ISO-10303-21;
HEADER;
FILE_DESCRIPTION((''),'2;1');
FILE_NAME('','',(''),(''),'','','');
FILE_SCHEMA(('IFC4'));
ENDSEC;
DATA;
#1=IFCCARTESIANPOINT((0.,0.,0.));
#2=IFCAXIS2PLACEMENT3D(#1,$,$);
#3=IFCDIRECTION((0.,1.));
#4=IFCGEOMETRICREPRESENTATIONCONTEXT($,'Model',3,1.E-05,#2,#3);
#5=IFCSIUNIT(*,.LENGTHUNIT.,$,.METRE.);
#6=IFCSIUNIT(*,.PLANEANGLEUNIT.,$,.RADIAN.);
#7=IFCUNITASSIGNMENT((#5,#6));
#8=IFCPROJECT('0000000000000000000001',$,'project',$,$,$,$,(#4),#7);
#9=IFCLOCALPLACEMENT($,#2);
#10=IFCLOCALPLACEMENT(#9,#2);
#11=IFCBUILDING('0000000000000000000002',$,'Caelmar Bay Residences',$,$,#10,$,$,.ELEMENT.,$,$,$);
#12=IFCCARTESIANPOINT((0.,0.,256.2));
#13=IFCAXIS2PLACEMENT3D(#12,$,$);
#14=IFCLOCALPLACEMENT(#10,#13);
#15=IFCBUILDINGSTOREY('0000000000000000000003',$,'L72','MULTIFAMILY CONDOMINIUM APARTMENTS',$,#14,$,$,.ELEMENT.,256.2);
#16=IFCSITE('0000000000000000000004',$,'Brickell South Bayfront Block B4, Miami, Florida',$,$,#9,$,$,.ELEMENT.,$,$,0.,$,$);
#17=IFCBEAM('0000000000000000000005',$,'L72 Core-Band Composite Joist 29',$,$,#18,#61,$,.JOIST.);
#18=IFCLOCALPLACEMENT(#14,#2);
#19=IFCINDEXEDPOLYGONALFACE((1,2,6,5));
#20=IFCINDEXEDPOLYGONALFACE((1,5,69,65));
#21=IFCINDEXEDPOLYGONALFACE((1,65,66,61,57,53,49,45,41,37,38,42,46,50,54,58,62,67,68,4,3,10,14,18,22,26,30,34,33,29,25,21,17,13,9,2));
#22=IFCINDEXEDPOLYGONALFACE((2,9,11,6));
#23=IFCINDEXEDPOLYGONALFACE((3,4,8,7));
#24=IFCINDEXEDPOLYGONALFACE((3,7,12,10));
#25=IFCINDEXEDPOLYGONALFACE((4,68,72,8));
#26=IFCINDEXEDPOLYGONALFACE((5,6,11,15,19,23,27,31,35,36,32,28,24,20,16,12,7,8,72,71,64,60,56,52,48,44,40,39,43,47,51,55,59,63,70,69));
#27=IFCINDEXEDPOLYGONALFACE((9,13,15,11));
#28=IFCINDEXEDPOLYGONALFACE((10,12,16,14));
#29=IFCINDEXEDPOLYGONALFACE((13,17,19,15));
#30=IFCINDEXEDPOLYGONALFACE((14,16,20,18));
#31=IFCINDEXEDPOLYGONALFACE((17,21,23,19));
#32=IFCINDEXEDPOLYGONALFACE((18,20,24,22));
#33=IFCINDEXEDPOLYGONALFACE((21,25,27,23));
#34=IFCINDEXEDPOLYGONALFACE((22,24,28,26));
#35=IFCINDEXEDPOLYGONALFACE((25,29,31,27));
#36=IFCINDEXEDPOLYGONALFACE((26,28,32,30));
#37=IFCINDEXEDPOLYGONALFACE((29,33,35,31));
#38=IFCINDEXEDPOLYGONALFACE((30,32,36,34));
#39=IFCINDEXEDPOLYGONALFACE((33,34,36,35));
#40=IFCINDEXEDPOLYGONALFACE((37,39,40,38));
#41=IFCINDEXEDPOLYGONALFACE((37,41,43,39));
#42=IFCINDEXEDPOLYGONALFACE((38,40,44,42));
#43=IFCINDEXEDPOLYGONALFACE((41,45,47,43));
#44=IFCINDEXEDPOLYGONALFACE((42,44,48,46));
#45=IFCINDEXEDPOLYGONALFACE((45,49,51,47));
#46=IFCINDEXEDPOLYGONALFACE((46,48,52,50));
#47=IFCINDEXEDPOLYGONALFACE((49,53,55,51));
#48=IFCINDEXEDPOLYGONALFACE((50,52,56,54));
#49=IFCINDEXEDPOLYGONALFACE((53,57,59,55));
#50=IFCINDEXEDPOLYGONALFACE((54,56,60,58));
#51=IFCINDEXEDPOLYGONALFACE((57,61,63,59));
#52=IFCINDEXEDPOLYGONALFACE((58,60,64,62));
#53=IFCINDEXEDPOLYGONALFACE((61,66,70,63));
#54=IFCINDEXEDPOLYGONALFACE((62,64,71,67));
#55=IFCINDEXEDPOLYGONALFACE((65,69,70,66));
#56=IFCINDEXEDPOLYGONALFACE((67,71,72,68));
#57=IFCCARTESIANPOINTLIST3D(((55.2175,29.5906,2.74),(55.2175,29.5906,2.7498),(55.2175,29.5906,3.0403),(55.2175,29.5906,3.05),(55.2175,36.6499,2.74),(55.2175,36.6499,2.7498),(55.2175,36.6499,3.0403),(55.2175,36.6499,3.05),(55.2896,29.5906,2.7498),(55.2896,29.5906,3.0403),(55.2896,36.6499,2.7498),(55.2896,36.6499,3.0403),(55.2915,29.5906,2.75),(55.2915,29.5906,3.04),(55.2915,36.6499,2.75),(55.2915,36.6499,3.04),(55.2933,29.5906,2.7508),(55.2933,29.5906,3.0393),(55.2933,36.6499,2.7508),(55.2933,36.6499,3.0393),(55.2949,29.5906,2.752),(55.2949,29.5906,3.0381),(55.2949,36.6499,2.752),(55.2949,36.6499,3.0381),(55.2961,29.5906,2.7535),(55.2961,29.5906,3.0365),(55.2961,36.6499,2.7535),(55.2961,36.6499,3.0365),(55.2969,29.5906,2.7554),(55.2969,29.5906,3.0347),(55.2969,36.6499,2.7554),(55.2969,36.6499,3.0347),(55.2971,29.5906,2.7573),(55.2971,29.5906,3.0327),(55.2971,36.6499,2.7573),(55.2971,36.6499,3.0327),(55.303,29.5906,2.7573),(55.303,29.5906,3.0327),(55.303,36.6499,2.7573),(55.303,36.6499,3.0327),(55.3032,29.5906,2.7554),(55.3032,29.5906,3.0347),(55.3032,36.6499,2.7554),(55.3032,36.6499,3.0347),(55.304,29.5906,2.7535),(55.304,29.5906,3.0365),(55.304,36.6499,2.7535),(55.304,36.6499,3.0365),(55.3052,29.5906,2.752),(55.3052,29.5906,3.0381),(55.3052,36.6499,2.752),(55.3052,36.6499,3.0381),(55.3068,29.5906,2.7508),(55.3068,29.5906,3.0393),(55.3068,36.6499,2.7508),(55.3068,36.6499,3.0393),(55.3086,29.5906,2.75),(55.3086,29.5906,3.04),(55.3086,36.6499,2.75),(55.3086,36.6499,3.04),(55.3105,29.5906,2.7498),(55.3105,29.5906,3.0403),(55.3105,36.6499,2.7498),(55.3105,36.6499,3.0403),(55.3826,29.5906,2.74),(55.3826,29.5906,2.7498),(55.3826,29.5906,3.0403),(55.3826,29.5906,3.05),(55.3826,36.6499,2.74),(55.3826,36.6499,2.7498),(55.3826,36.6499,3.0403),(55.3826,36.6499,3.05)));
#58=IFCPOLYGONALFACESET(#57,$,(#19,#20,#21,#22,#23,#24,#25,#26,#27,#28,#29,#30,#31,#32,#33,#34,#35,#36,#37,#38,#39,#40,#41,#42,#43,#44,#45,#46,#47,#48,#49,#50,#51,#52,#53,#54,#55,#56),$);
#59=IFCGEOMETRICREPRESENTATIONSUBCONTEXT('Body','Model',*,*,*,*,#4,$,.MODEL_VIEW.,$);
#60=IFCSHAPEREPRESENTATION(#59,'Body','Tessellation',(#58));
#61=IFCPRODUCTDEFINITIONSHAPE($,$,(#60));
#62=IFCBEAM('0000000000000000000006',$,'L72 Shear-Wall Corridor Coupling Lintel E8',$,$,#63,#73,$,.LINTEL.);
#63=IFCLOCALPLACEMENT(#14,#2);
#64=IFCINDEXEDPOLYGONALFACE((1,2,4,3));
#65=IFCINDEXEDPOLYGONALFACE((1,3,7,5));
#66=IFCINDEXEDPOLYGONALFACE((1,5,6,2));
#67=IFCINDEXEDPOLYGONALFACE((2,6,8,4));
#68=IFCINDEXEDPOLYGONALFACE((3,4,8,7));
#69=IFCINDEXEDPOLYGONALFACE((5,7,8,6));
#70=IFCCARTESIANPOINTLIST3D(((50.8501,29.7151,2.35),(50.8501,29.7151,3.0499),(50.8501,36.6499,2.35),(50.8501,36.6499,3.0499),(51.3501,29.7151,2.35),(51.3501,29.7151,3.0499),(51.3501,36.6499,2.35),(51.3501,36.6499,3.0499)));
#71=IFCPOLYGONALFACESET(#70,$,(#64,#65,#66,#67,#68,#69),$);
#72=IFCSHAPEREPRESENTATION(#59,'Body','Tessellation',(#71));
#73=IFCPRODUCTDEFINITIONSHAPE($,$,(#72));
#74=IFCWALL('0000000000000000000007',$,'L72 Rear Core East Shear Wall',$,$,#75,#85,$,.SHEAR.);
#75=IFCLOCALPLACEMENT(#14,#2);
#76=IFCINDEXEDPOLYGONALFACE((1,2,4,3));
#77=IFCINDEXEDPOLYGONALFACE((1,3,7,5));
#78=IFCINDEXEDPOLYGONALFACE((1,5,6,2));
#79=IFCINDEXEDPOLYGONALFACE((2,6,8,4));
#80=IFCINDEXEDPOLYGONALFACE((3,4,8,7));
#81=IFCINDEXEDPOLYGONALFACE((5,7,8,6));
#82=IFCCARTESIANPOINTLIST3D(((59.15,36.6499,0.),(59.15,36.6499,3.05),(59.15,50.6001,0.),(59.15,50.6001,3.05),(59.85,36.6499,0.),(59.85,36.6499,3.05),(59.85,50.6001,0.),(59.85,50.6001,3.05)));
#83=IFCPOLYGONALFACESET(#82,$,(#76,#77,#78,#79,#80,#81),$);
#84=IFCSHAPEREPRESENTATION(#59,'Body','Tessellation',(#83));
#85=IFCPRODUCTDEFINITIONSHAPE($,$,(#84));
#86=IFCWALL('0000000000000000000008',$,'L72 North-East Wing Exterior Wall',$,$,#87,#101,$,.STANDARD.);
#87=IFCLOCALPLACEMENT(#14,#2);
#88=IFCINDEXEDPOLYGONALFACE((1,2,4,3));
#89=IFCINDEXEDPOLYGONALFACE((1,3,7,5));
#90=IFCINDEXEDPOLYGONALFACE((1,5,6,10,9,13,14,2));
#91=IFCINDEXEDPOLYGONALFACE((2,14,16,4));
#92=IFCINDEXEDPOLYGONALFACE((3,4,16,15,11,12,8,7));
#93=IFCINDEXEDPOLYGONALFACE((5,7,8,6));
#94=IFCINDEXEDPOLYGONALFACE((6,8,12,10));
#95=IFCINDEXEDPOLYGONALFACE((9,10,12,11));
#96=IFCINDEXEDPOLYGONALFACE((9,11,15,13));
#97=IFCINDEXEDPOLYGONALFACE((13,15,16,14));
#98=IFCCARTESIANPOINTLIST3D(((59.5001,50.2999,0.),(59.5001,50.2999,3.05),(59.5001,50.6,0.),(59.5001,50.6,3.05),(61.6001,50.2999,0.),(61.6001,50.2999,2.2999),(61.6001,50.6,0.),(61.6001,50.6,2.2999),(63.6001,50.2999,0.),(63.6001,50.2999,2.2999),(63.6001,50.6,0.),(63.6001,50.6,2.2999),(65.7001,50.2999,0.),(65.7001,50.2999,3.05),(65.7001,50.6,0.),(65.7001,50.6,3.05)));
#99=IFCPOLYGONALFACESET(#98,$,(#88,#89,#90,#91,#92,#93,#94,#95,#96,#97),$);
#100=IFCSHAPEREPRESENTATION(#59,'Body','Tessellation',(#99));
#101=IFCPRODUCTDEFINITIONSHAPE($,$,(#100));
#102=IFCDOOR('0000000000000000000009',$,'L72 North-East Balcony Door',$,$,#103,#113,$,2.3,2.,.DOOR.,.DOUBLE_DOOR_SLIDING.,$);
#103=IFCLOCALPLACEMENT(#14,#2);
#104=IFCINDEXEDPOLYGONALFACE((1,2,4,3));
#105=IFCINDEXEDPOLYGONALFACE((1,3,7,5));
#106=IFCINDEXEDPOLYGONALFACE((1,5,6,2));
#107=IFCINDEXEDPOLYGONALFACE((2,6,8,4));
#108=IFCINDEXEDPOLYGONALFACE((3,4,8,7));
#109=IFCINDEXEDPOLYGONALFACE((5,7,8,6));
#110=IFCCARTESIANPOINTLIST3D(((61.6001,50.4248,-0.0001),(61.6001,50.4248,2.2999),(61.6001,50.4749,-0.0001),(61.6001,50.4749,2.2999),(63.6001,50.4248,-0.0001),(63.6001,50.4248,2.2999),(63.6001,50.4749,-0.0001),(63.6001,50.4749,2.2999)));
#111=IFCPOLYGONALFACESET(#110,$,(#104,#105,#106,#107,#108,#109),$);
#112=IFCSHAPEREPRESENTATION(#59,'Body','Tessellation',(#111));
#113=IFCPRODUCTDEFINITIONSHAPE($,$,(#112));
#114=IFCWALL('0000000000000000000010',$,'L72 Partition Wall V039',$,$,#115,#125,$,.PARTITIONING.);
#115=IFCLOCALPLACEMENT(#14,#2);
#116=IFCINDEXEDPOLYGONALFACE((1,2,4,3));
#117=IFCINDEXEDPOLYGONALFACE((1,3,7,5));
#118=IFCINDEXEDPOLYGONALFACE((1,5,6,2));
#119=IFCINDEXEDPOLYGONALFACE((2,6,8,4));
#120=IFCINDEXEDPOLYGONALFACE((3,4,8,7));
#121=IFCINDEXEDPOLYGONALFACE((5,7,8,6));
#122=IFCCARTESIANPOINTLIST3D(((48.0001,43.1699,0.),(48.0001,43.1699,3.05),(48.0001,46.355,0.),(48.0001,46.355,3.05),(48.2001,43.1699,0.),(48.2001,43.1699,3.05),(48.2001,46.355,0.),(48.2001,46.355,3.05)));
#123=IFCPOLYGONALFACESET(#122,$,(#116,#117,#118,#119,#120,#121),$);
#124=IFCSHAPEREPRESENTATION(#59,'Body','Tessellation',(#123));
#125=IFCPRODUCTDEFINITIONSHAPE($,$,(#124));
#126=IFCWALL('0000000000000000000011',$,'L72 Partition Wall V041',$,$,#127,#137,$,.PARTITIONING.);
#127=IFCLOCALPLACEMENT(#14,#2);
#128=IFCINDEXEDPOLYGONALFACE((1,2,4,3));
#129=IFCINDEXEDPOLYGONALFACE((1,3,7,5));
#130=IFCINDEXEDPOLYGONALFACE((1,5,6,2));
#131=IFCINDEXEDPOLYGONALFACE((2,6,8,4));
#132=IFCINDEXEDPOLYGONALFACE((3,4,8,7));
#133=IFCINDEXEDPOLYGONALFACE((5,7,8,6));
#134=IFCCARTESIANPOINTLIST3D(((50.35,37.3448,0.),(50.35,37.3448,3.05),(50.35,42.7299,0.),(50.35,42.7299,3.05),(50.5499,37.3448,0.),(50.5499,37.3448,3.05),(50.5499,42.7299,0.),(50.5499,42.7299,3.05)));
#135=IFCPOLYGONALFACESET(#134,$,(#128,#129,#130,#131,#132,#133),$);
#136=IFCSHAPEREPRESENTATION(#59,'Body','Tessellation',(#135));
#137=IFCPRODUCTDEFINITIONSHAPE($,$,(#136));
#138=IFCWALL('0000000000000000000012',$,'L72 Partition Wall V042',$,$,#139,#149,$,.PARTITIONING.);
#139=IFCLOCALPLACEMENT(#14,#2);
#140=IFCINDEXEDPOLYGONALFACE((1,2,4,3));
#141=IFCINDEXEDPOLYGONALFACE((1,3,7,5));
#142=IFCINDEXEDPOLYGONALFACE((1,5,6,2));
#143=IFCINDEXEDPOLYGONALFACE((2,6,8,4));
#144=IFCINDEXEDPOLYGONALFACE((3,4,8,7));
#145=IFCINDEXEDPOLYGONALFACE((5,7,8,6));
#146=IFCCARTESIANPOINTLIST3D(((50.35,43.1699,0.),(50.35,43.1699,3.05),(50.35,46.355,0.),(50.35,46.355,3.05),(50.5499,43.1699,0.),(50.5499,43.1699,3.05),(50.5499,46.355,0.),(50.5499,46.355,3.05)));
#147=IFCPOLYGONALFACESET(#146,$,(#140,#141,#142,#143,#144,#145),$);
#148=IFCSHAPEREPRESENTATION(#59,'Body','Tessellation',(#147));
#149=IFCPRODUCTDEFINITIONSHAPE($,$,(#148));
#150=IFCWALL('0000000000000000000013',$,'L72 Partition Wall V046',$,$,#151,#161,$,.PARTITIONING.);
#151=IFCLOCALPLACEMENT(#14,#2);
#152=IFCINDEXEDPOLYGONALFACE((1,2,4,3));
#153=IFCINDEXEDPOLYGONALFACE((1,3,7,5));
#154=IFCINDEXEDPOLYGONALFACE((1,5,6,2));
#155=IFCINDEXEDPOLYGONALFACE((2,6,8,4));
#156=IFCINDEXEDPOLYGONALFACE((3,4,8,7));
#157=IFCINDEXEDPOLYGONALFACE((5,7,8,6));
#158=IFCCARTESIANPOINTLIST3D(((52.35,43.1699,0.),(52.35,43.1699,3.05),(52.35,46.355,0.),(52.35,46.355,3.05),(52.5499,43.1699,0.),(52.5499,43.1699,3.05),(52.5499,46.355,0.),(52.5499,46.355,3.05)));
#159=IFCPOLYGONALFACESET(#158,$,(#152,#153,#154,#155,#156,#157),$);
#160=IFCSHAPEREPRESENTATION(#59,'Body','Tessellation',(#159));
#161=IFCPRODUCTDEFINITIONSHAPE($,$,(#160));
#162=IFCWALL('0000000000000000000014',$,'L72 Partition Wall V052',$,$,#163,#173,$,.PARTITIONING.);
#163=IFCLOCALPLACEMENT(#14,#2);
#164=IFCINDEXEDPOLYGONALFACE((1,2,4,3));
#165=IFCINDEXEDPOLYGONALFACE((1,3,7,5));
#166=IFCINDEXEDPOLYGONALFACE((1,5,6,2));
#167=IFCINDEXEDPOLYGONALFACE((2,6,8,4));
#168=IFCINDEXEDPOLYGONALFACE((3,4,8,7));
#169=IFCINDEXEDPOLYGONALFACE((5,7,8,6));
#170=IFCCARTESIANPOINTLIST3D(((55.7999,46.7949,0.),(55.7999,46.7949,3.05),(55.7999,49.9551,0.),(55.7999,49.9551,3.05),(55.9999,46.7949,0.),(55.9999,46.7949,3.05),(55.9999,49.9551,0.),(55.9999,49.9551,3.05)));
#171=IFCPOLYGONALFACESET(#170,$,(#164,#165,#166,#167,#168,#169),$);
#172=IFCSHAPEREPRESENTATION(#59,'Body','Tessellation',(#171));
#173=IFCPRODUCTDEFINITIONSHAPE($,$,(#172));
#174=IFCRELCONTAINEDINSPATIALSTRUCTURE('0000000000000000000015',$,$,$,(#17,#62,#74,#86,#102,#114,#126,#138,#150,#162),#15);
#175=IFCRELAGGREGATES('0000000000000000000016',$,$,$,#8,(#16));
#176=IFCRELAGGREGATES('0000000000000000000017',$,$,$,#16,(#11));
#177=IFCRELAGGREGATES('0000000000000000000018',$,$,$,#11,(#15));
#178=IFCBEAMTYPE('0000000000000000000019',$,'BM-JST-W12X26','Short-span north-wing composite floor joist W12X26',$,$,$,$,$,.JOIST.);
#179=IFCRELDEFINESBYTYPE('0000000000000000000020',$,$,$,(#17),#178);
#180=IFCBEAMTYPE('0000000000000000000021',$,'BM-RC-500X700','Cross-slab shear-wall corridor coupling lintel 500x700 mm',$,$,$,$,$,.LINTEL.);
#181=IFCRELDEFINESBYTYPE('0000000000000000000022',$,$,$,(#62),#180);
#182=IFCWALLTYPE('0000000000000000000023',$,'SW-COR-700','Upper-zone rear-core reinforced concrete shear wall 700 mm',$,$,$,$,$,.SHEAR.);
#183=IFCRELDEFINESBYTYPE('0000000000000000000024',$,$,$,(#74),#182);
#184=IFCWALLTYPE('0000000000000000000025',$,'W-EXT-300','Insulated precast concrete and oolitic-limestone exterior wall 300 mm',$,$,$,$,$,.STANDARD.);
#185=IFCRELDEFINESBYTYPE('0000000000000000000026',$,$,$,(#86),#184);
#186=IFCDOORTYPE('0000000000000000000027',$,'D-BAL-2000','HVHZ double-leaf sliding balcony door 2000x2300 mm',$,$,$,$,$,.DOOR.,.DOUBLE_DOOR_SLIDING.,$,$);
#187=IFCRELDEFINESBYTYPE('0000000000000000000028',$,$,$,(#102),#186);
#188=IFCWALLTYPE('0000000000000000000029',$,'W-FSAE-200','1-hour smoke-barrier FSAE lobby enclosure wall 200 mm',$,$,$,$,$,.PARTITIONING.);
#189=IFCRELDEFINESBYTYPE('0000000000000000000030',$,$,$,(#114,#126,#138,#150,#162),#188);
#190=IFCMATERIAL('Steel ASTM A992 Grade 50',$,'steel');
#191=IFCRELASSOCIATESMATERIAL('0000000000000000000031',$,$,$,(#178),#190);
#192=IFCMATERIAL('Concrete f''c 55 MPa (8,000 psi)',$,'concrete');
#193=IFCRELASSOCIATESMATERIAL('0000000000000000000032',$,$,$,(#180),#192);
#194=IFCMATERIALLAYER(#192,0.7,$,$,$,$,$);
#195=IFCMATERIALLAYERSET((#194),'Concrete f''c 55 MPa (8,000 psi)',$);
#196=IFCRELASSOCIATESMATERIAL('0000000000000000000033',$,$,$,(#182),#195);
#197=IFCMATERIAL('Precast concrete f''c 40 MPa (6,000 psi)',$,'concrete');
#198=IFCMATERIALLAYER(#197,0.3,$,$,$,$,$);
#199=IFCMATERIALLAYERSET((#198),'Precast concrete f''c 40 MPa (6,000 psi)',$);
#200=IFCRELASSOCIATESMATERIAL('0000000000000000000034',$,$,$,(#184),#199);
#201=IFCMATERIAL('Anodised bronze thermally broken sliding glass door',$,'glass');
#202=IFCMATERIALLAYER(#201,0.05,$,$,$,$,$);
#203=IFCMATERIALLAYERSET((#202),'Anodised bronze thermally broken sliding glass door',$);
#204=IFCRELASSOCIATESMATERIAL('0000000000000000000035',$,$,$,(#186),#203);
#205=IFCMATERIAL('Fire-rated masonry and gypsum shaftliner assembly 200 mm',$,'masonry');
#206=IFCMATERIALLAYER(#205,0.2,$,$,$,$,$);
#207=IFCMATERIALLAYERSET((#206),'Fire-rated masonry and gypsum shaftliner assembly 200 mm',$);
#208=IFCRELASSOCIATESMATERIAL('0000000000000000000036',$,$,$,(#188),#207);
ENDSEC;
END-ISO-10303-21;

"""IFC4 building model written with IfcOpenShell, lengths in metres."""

from ifc_helpers import new_model, si_unit, direction, frame, frame_2d, origin, origin_2d, place, context, subcontext, project, spatial, rectangle, i_section, extrude, material, layer, layer_set, material_profile, profile_set, type_object, element, fill, save


model = new_model("IFC4")

# Units and contexts
model_context = context("Model", 3, precision=1e-05, world=origin(), true_north=direction((0.0, 1.0)))
body_context = subcontext(model_context, "Body", "Model", "MODEL_VIEW")
ifc_project = project(units=[si_unit("LENGTHUNIT", "METRE"), si_unit("PLANEANGLEUNIT", "RADIAN")], contexts=[model_context])

# Site, building, storey
site_placement = place(None, origin())
site = spatial("IfcSite", under=ifc_project, at=site_placement, Name="Brickell South Bayfront Block B4, Miami, Florida", CompositionType="ELEMENT", RefElevation=0.0)
building_placement = place(site_placement, origin())
building = spatial("IfcBuilding", under=site, at=building_placement, Name="Caelmar Bay Residences", CompositionType="ELEMENT")
storey_placement = place(building_placement, frame((0.0, 0.0, 256.2)))
storey = spatial("IfcBuildingStorey", under=building, at=storey_placement, Name="L72", Description="MULTIFAMILY CONDOMINIUM APARTMENTS", CompositionType="ELEMENT", Elevation=256.2)

# Beams
ifc_material_1 = material(Name="Steel ASTM A992 Grade 50", Category="steel")
ifc_material_profile_1 = material_profile(ifc_material_1, i_section(OverallWidth=0.165, OverallDepth=0.3101, WebThickness=0.0059, FlangeThickness=0.0098, FilletRadius=0.0076, at=origin_2d()), Name="W12X26")
ifc_profile_set_1 = profile_set([ifc_material_profile_1], Name="Steel ASTM A992 Grade 50")
beam_type_1 = type_object("IfcBeamType", Name="BM-JST-W12X26", Description="Short-span north-wing composite floor joist W12X26", PredefinedType="JOIST", material=ifc_profile_set_1)
for number, where, z_axis, x_axis, name in (
    (1, (55.3, 29.5906, 2.895), (0.0, 1.0, 0.0), (-1.0, 0.0, 0.0), "L72 Core-Band Composite Joist 29"),
):
    element("IfcBeam", number, at=place(storey_placement, frame(where, z_axis=z_axis, x_axis=x_axis)), inside=storey, type_object=beam_type_1, Name=name, PredefinedType="JOIST", context=body_context, shape_type="SweptSolid", body=[
        extrude(i_section(OverallWidth=0.165, OverallDepth=0.3101, WebThickness=0.0059, FlangeThickness=0.0098, FilletRadius=0.0076, at=origin_2d()), origin(), (0.0, 0.0, 1.0), 7.0593),
    ])
ifc_material_2 = material(Name="Concrete f'c 55 MPa (8,000 psi)", Category="concrete")
ifc_material_profile_2 = material_profile(ifc_material_2, rectangle(XDim=0.5, YDim=0.7, at=origin_2d()), Name="RC-BM-500X700")
ifc_profile_set_2 = profile_set([ifc_material_profile_2], Name="Concrete f'c 55 MPa (8,000 psi)")
beam_type_2 = type_object("IfcBeamType", Name="BM-RC-500X700", Description="Cross-slab shear-wall corridor coupling lintel 500x700 mm", PredefinedType="LINTEL", material=ifc_profile_set_2)
beam_placement = place(storey_placement, frame((51.1001, 29.7151, 2.7), z_axis=(0.0, 1.0, 0.0), x_axis=(-1.0, 0.0, 0.0)))
element("IfcBeam", 2, at=beam_placement, inside=storey, type_object=beam_type_2, Name="L72 Shear-Wall Corridor Coupling Lintel E8", PredefinedType="LINTEL", context=body_context, shape_type="SweptSolid", body=[
    extrude(rectangle(XDim=0.5, YDim=0.7, at=origin_2d()), origin(), (0.0, 0.0, 1.0), 6.9348),
])

# Wall
ifc_layer_1 = layer(ifc_material_2, 0.7)
ifc_layer_set_1 = layer_set([ifc_layer_1], Name="Concrete f'c 55 MPa (8,000 psi)")
wall_type_1 = type_object("IfcWallType", Name="SW-COR-700", Description="Upper-zone rear-core reinforced concrete shear wall 700 mm", PredefinedType="SHEAR", material=ifc_layer_set_1)
wall_1_placement = place(storey_placement, frame((59.5, 36.6499, 0.0), z_axis=(0.0, 0.0, 1.0), x_axis=(0.0, 1.0, 0.0)))
element("IfcWall", 3, at=wall_1_placement, inside=storey, type_object=wall_type_1, Name="L72 Rear Core East Shear Wall", PredefinedType="SHEAR", context=body_context, shape_type="SweptSolid", body=[
    extrude(rectangle(XDim=13.9502, YDim=0.7, at=frame_2d((6.9751, 0.0))), origin(), (0.0, 0.0, 1.0), 3.05),
])

# Wall, opening, door
ifc_material_3 = material(Name="Precast concrete f'c 40 MPa (6,000 psi)", Category="concrete")
ifc_layer_2 = layer(ifc_material_3, 0.3)
ifc_layer_set_2 = layer_set([ifc_layer_2], Name="Precast concrete f'c 40 MPa (6,000 psi)")
wall_type_2 = type_object("IfcWallType", Name="W-EXT-300", Description="Insulated precast concrete and oolitic-limestone exterior wall 300 mm", PredefinedType="STANDARD", material=ifc_layer_set_2)
wall_2_placement = place(storey_placement, frame((59.5, 50.45, 0.0), z_axis=(0.0, 0.0, 1.0), x_axis=(1.0, 0.0, 0.0)))
wall_2 = element("IfcWall", 4, at=wall_2_placement, inside=storey, type_object=wall_type_2, Name="L72 North-East Wing Exterior Wall", PredefinedType="STANDARD", context=body_context, shape_type="SweptSolid", body=[
    extrude(rectangle(XDim=6.2, YDim=0.3, at=frame_2d((3.1001, 0.0))), origin(), (0.0, 0.0, 1.0), 3.05),
])
opening_1_placement = place(wall_2_placement, frame((2.1001, 0.0, 0.0)))
opening_1 = element("IfcOpeningElement", 5, at=opening_1_placement, cuts=wall_2, PredefinedType="OPENING", context=body_context, shape_type="SweptSolid", body=[
    extrude(rectangle(XDim=2.0, YDim=2.3, at=frame_2d((1.0, 1.1499))), frame((0.0, 0.1599, 0.0), z_axis=(0.0, -1.0, 0.0), x_axis=(1.0, 0.0, 0.0)), (0.0, 0.0, 1.0), 0.3201),
])
ifc_material_4 = material(Name="Anodised bronze thermally broken sliding glass door", Category="glass")
ifc_layer_3 = layer(ifc_material_4, 0.05)
ifc_layer_set_3 = layer_set([ifc_layer_3], Name="Anodised bronze thermally broken sliding glass door")
door_type_1 = type_object("IfcDoorType", Name="D-BAL-2000", Description="HVHZ double-leaf sliding balcony door 2000x2300 mm", OperationType="DOUBLE_DOOR_SLIDING", PredefinedType="DOOR", material=ifc_layer_set_3)
door_1_placement = place(opening_1_placement, origin())
door_1 = element("IfcDoor", 6, at=door_1_placement, inside=storey, type_object=door_type_1, Name="L72 North-East Balcony Door", OperationType="DOUBLE_DOOR_SLIDING", OverallHeight=2.3, OverallWidth=2.0, PredefinedType="DOOR", context=body_context, shape_type="SweptSolid", body=[
    extrude(rectangle(XDim=2.0, YDim=2.3, at=frame_2d((1.0, 1.1499))), frame((0.0, 0.0249, 0.0), z_axis=(0.0, -1.0, 0.0), x_axis=(1.0, 0.0, 0.0)), (0.0, 0.0, 1.0), 0.05),
])
fill(opening_1, door_1)

# Walls
ifc_material_5 = material(Name="Fire-rated masonry and gypsum shaftliner assembly 200 mm", Category="masonry")
ifc_layer_4 = layer(ifc_material_5, 0.2)
ifc_layer_set_4 = layer_set([ifc_layer_4], Name="Fire-rated masonry and gypsum shaftliner assembly 200 mm")
wall_type_3 = type_object("IfcWallType", Name="W-FSAE-200", Description="1-hour smoke-barrier FSAE lobby enclosure wall 200 mm", PredefinedType="PARTITIONING", material=ifc_layer_set_4)
wall_3_placement = place(storey_placement, frame((48.1001, 43.1699, 0.0), z_axis=(0.0, 0.0, 1.0), x_axis=(0.0, 1.0, 0.0)))
element("IfcWall", 7, at=wall_3_placement, inside=storey, type_object=wall_type_3, Name="L72 Partition Wall V039", PredefinedType="PARTITIONING", context=body_context, shape_type="SweptSolid", body=[
    extrude(rectangle(XDim=3.1851, YDim=0.2, at=frame_2d((1.5925, 0.0))), origin(), (0.0, 0.0, 1.0), 3.05),
])
wall_4_placement = place(storey_placement, frame((50.45, 37.345, 0.0), z_axis=(0.0, 0.0, 1.0), x_axis=(0.0, 1.0, 0.0)))
element("IfcWall", 8, at=wall_4_placement, inside=storey, type_object=wall_type_3, Name="L72 Partition Wall V041", PredefinedType="PARTITIONING", context=body_context, shape_type="SweptSolid", body=[
    extrude(rectangle(XDim=5.385, YDim=0.2, at=frame_2d((2.6924, 0.0))), origin(), (0.0, 0.0, 1.0), 3.05),
])
for number, where, z_axis, x_axis, name in (
    (9, (50.45, 43.1699, 0.0), (0.0, 0.0, 1.0), (0.0, 1.0, 0.0), "L72 Partition Wall V042"),
    (10, (52.45, 43.1699, 0.0), (0.0, 0.0, 1.0), (0.0, 1.0, 0.0), "L72 Partition Wall V046"),
):
    element("IfcWall", number, at=place(storey_placement, frame(where, z_axis=z_axis, x_axis=x_axis)), inside=storey, type_object=wall_type_3, Name=name, PredefinedType="PARTITIONING", context=body_context, shape_type="SweptSolid", body=[
        extrude(rectangle(XDim=3.1851, YDim=0.2, at=frame_2d((1.5925, 0.0))), origin(), (0.0, 0.0, 1.0), 3.05),
    ])
wall_5_placement = place(storey_placement, frame((55.8999, 46.7949, 0.0), z_axis=(0.0, 0.0, 1.0), x_axis=(0.0, 1.0, 0.0)))
element("IfcWall", 11, at=wall_5_placement, inside=storey, type_object=wall_type_3, Name="L72 Partition Wall V052", PredefinedType="PARTITIONING", context=body_context, shape_type="SweptSolid", body=[
    extrude(rectangle(XDim=3.1602, YDim=0.2, at=frame_2d((1.5801, 0.0))), origin(), (0.0, 0.0, 1.0), 3.05),
])

save(model, "model.ifc")
